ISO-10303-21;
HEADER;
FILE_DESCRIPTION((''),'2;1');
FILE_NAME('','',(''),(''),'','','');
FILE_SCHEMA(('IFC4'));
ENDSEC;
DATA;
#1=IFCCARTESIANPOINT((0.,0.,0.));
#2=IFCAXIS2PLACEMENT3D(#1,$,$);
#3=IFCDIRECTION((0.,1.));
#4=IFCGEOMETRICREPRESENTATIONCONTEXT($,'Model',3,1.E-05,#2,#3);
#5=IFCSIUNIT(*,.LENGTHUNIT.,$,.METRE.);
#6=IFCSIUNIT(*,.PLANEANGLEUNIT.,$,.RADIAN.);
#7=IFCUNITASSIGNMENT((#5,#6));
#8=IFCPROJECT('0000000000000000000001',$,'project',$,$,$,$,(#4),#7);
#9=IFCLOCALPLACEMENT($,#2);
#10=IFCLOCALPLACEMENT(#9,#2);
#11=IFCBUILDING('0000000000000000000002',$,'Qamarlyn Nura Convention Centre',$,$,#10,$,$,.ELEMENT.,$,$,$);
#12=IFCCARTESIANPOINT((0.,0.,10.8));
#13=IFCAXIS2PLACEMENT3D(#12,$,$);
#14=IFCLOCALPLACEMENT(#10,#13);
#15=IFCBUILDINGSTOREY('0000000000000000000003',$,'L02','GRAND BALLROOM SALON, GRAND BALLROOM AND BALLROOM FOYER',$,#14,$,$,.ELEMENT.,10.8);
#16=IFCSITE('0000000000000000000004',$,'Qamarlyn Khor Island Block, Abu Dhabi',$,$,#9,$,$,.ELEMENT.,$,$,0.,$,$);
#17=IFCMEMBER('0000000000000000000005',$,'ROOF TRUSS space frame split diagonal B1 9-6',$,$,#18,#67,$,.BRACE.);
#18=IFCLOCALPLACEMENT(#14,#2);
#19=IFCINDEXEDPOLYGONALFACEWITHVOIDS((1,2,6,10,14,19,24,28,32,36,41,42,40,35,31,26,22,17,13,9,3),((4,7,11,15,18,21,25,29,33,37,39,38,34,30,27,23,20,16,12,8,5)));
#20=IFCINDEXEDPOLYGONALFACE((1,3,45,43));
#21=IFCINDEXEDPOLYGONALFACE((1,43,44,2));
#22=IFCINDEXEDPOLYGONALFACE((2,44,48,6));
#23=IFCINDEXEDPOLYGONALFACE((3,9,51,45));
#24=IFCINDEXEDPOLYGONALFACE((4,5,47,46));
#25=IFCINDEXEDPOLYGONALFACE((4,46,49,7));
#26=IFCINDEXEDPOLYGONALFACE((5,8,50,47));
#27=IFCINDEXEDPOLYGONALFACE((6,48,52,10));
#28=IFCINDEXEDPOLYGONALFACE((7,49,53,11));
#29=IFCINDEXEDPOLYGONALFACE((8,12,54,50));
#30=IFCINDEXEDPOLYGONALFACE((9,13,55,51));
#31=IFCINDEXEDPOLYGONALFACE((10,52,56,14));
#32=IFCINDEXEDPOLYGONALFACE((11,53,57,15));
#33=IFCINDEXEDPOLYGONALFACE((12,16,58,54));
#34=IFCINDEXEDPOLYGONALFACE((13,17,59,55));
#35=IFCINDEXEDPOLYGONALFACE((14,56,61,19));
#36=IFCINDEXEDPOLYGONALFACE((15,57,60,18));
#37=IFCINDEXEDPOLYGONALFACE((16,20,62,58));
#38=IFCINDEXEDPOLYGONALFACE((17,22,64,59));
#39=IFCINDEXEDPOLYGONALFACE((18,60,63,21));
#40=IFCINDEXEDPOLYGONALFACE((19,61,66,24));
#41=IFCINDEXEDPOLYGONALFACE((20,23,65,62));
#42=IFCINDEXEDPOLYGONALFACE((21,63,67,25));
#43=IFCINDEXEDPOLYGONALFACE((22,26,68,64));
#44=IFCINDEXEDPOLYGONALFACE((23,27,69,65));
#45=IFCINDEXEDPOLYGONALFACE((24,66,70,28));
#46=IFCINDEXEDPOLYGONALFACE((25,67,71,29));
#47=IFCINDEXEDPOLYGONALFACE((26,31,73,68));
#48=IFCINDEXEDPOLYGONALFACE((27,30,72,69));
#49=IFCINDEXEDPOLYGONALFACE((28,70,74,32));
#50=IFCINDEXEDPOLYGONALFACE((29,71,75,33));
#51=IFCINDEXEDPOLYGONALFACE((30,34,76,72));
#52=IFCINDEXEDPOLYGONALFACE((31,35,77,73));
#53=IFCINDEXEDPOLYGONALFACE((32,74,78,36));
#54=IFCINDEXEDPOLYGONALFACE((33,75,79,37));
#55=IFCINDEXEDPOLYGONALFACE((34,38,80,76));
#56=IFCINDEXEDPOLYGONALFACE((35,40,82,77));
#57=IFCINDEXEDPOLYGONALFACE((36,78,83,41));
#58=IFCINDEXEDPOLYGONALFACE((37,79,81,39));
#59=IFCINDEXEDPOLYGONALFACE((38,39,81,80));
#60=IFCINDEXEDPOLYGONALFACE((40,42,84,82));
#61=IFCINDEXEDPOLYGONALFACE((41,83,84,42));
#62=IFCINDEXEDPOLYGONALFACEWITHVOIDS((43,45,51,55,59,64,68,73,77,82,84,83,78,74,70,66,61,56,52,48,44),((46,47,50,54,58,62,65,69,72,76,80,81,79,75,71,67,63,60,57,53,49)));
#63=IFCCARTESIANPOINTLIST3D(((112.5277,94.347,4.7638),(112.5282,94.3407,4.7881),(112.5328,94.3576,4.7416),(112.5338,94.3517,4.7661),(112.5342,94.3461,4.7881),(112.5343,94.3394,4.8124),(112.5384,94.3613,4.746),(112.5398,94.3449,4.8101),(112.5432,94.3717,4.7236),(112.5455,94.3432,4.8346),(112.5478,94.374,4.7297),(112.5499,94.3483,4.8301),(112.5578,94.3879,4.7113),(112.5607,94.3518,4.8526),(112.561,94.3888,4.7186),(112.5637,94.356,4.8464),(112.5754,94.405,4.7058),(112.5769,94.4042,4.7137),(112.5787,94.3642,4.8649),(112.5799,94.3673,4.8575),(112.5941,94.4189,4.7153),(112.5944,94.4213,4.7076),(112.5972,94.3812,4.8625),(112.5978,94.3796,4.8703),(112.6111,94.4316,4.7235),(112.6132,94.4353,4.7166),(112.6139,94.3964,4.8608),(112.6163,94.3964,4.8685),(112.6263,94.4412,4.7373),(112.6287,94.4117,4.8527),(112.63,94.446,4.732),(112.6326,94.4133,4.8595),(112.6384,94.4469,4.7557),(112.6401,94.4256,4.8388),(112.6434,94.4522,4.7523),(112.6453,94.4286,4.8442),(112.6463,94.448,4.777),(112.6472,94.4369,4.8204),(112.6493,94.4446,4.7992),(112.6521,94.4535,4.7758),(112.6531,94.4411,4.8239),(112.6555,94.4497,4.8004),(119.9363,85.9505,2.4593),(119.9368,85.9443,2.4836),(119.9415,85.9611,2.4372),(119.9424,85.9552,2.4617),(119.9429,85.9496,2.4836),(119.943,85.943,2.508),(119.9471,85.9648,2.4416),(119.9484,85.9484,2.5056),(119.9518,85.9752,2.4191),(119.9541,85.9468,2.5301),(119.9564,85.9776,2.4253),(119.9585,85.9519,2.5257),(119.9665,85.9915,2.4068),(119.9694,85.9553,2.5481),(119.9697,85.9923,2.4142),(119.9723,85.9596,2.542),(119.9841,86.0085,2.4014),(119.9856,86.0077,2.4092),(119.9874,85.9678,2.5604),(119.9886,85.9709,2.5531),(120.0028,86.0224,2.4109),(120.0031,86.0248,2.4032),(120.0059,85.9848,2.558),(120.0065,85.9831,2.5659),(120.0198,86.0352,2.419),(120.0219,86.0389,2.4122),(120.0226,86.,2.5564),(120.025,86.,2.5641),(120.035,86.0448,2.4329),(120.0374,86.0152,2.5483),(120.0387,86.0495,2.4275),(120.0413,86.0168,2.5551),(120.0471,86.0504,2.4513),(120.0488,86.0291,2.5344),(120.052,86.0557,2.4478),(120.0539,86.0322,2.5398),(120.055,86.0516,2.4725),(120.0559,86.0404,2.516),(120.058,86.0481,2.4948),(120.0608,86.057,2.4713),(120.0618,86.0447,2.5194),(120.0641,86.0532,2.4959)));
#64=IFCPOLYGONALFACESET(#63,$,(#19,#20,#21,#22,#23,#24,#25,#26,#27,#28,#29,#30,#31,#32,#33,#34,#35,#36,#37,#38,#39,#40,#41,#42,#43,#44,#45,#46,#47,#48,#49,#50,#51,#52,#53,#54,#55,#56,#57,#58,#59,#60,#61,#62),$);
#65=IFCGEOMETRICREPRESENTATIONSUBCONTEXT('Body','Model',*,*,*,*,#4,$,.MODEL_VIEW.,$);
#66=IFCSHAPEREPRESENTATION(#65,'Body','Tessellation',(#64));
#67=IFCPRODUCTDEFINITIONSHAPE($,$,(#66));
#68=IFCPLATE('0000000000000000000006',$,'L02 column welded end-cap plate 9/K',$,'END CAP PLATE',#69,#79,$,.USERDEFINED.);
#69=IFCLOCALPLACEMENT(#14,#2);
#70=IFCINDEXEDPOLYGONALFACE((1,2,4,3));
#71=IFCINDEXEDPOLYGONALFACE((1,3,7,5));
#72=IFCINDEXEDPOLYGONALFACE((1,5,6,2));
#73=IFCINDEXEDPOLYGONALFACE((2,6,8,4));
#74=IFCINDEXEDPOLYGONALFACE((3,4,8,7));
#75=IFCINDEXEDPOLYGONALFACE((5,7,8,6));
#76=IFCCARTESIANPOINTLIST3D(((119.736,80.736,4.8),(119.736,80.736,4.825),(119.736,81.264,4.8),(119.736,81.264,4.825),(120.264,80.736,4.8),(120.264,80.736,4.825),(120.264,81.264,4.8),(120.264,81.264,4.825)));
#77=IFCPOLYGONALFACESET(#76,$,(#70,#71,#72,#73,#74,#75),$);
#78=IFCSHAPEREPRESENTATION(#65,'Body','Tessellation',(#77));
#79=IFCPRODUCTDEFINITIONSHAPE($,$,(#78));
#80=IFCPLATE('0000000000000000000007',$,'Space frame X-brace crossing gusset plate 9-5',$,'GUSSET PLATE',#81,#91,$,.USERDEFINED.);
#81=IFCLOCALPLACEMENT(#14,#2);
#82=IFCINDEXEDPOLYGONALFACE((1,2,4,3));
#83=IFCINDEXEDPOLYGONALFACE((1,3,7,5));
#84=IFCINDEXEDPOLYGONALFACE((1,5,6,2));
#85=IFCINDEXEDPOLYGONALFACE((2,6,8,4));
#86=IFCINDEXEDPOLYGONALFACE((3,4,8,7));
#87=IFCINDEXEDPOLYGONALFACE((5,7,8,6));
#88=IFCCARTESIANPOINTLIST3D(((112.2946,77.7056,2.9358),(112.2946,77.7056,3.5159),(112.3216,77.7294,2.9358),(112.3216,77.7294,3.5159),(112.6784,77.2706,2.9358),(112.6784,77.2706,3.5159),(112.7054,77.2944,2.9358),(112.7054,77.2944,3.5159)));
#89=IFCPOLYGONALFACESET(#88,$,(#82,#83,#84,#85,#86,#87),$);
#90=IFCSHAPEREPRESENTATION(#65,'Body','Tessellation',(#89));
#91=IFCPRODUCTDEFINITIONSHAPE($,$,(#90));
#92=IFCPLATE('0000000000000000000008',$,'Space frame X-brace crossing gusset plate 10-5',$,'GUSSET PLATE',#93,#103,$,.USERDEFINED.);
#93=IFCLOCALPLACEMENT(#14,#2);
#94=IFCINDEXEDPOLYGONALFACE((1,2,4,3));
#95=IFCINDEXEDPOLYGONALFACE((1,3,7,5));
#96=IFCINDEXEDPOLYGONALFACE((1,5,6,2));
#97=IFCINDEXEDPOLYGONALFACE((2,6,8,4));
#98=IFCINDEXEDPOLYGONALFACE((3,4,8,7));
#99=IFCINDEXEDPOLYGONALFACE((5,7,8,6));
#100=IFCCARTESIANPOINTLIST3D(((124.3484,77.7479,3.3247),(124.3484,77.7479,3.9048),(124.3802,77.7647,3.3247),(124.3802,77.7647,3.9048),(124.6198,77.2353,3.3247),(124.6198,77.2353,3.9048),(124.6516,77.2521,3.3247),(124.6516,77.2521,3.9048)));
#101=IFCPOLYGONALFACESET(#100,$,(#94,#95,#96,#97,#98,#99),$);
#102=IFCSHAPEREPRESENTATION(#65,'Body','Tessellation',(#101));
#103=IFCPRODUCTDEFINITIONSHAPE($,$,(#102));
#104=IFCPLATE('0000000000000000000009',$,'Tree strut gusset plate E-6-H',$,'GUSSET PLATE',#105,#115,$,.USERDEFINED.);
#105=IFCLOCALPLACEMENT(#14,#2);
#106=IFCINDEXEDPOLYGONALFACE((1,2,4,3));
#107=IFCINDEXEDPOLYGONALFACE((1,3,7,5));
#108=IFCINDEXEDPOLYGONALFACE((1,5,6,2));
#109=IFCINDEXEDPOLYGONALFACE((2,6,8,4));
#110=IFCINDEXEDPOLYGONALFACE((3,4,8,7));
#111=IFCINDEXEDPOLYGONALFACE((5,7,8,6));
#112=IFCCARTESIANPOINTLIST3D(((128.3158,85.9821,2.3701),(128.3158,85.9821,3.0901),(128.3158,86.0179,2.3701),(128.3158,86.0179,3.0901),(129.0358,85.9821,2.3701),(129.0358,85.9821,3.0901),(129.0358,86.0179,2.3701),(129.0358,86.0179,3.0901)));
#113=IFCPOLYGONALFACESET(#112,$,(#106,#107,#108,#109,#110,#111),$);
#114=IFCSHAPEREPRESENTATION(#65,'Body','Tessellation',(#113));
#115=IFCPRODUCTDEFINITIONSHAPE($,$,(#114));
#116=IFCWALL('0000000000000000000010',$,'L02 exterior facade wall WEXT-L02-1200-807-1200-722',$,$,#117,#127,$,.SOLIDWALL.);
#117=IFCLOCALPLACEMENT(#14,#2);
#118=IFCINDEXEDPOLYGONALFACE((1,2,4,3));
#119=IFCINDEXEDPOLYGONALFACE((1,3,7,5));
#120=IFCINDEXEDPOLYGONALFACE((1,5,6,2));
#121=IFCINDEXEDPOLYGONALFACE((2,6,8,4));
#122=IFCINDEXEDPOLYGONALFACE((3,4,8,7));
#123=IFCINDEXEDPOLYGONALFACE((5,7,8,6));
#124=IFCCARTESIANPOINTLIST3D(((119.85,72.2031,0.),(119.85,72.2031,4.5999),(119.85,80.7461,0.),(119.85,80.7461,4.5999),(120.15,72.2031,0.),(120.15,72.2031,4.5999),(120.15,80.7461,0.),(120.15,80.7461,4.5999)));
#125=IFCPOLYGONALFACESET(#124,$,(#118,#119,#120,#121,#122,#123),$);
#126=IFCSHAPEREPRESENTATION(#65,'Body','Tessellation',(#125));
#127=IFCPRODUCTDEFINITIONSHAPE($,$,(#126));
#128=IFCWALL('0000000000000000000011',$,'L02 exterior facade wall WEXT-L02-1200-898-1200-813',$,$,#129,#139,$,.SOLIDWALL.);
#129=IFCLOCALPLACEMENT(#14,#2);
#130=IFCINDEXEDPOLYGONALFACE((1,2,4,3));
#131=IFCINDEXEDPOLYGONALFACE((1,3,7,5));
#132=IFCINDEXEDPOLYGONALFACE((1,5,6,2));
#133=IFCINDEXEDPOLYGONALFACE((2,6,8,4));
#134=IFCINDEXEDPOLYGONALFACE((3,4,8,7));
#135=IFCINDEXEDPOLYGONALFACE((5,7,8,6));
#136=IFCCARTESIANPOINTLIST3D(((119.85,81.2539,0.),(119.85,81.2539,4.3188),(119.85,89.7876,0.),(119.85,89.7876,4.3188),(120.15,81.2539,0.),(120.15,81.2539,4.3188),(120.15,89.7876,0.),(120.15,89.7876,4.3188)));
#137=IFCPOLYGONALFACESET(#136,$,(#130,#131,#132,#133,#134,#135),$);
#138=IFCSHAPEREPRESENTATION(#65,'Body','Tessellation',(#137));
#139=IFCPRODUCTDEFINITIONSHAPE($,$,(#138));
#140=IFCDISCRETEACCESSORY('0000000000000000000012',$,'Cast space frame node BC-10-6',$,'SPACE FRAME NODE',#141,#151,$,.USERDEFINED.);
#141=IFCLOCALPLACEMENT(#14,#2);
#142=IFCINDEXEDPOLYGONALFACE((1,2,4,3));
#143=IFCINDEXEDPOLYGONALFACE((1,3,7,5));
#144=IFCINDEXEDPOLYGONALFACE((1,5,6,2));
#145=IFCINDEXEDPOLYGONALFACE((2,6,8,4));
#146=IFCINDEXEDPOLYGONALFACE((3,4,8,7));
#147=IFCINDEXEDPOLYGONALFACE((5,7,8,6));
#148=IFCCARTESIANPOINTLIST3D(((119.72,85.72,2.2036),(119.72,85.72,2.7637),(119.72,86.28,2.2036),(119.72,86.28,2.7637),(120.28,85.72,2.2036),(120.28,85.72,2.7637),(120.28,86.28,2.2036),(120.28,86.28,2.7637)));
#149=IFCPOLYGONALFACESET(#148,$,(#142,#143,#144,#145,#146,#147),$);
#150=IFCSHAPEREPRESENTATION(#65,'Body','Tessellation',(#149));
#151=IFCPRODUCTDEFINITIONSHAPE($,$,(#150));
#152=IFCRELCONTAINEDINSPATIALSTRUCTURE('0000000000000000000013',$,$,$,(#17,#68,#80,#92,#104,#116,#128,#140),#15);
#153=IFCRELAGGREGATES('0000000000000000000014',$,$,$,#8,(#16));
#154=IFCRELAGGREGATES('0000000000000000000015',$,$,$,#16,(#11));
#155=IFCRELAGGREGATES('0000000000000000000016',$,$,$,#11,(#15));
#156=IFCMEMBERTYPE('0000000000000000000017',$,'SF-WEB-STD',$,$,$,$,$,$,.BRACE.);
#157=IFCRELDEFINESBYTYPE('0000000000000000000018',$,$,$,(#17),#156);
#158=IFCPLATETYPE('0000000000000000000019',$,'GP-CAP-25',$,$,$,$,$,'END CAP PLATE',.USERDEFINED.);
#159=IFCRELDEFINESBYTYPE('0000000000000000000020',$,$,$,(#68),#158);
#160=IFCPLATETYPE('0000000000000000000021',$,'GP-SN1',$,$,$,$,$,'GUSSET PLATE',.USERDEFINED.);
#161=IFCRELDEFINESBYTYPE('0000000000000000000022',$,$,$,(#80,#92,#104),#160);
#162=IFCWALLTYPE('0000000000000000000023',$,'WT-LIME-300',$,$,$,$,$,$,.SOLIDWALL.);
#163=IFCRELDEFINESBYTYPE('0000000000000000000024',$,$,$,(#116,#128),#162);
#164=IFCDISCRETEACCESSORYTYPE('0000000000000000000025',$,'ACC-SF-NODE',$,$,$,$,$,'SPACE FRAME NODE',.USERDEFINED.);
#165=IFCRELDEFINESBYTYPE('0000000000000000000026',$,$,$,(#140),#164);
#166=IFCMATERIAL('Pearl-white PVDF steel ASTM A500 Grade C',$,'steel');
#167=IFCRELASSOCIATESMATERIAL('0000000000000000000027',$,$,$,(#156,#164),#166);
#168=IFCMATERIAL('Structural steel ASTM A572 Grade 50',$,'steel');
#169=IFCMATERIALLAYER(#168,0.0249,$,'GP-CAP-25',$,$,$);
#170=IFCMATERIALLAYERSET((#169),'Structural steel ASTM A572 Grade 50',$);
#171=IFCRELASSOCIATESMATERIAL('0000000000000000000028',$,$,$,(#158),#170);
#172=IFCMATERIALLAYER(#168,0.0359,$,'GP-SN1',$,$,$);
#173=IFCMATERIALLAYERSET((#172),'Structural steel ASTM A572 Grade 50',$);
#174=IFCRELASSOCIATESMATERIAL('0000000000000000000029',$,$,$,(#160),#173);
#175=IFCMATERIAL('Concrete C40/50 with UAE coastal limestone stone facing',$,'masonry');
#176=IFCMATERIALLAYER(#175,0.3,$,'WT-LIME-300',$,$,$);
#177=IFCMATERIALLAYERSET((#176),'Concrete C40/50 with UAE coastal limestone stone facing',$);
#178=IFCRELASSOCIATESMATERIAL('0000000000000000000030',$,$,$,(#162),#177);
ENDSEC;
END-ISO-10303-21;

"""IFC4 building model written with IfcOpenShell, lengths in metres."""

from ifc_helpers import new_model, si_unit, direction, frame, frame_2d, origin, origin_2d, place, context, subcontext, project, spatial, rectangle, hollow_circle, extrude, material, layer, layer_set, material_profile, profile_set, type_object, element, save


model = new_model("IFC4")

# Units and contexts
model_context = context("Model", 3, precision=1e-05, world=origin(), true_north=direction((0.0, 1.0)))
body_context = subcontext(model_context, "Body", "Model", "MODEL_VIEW")
ifc_project = project(units=[si_unit("LENGTHUNIT", "METRE"), si_unit("PLANEANGLEUNIT", "RADIAN")], contexts=[model_context])

# Site, building, storey
site_placement = place(None, origin())
site = spatial("IfcSite", under=ifc_project, at=site_placement, Name="Qamarlyn Khor Island Block, Abu Dhabi", CompositionType="ELEMENT", RefElevation=0.0)
building_placement = place(site_placement, origin())
building = spatial("IfcBuilding", under=site, at=building_placement, Name="Qamarlyn Nura Convention Centre", CompositionType="ELEMENT")
storey_placement = place(building_placement, frame((0.0, 0.0, 10.8)))
storey = spatial("IfcBuildingStorey", under=building, at=storey_placement, Name="L02", Description="GRAND BALLROOM SALON, GRAND BALLROOM AND BALLROOM FOYER", CompositionType="ELEMENT", Elevation=10.8)

# Shared definitions
ifc_material_1 = material(Name="Pearl-white PVDF steel ASTM A500 Grade C", Category="steel")

# Member
ifc_material_profile_1 = material_profile(ifc_material_1, hollow_circle(Radius=0.0842, WallThickness=0.0081, at=origin_2d()), Name="CHS168.3X8")
ifc_profile_set_1 = profile_set([ifc_material_profile_1], Name="Pearl-white PVDF steel ASTM A500 Grade C")
member_type_1 = type_object("IfcMemberType", Name="SF-WEB-STD", PredefinedType="BRACE", material=ifc_profile_set_1)
member_1_placement = place(storey_placement, frame((120.0, 86.0, 2.4836), z_axis=(-0.648043, 0.734445, 0.201571), x_axis=(-0.749837, -0.661623, 0.0)))
element("IfcMember", 1, at=member_1_placement, inside=storey, type_object=member_type_1, Name="ROOF TRUSS space frame split diagonal B1 9-6", PredefinedType="BRACE", context=body_context, shape_type="SweptSolid", body=[
    extrude(hollow_circle(Radius=0.0842, WallThickness=0.0081, at=origin_2d()), origin(), (0.0, 0.0, 1.0), 11.4324),
])

# Plates
ifc_material_2 = material(Name="Structural steel ASTM A572 Grade 50", Category="steel")
ifc_layer_1 = layer(ifc_material_2, 0.0249, Name="GP-CAP-25")
ifc_layer_set_1 = layer_set([ifc_layer_1], Name="Structural steel ASTM A572 Grade 50")
plate_type_1 = type_object("IfcPlateType", Name="GP-CAP-25", ElementType="END CAP PLATE", PredefinedType="USERDEFINED", material=ifc_layer_set_1)
plate_1_placement = place(storey_placement, frame((120.0, 81.0, 4.8), z_axis=(0.0, 0.0, 1.0), x_axis=(1.0, 0.0, 0.0)))
element("IfcPlate", 2, at=plate_1_placement, inside=storey, type_object=plate_type_1, Name="L02 column welded end-cap plate 9/K", ObjectType="END CAP PLATE", PredefinedType="USERDEFINED", context=body_context, shape_type="SweptSolid", body=[
    extrude(rectangle(XDim=0.5281, YDim=0.5281, at=origin_2d()), origin(), (0.0, 0.0, 1.0), 0.0249),
])
ifc_layer_2 = layer(ifc_material_2, 0.0359, Name="GP-SN1")
ifc_layer_set_2 = layer_set([ifc_layer_2], Name="Structural steel ASTM A572 Grade 50")
plate_type_2 = type_object("IfcPlateType", Name="GP-SN1", ElementType="GUSSET PLATE", PredefinedType="USERDEFINED", material=ifc_layer_set_2)
for number, where, z_axis, x_axis, name in (
    (3, (112.5, 77.5, 2.9358), (0.0, 0.0, 1.0), (-0.661622, 0.749837, 0.0), "Space frame X-brace crossing gusset plate 9-5"),
    (4, (124.5, 77.5, 3.3247), (0.0, 0.0, 1.0), (-0.467888, 0.883788, 0.0), "Space frame X-brace crossing gusset plate 10-5"),
):
    element("IfcPlate", number, at=place(storey_placement, frame(where, z_axis=z_axis, x_axis=x_axis)), inside=storey, type_object=plate_type_2, Name=name, ObjectType="GUSSET PLATE", PredefinedType="USERDEFINED", context=body_context, shape_type="SweptSolid", body=[
        extrude(rectangle(XDim=0.5801, YDim=0.0359, at=origin_2d()), origin(), (0.0, 0.0, 1.0), 0.5801),
    ])
plate_2_placement = place(storey_placement, frame((128.6758, 86.0, 2.3701), z_axis=(0.0, 0.0, 1.0), x_axis=(1.0, 0.0, 0.0)))
element("IfcPlate", 5, at=plate_2_placement, inside=storey, type_object=plate_type_2, Name="Tree strut gusset plate E-6-H", ObjectType="GUSSET PLATE", PredefinedType="USERDEFINED", context=body_context, shape_type="SweptSolid", body=[
    extrude(rectangle(XDim=0.72, YDim=0.0359, at=origin_2d()), origin(), (0.0, 0.0, 1.0), 0.72),
])

# Walls
ifc_material_3 = material(Name="Concrete C40/50 with UAE coastal limestone stone facing", Category="masonry")
ifc_layer_3 = layer(ifc_material_3, 0.3, Name="WT-LIME-300")
ifc_layer_set_3 = layer_set([ifc_layer_3], Name="Concrete C40/50 with UAE coastal limestone stone facing")
wall_type = type_object("IfcWallType", Name="WT-LIME-300", PredefinedType="SOLIDWALL", material=ifc_layer_set_3)
wall_1_placement = place(storey_placement, frame((120.0, 80.7461, 0.0), z_axis=(0.0, 0.0, 1.0), x_axis=(0.0, -1.0, 0.0)))
element("IfcWall", 6, at=wall_1_placement, inside=storey, type_object=wall_type, Name="L02 exterior facade wall WEXT-L02-1200-807-1200-722", PredefinedType="SOLIDWALL", context=body_context, shape_type="SweptSolid", body=[
    extrude(rectangle(XDim=8.543, YDim=0.3, at=frame_2d((4.2715, 0.0))), origin(), (0.0, 0.0, 1.0), 4.5999),
])
wall_2_placement = place(storey_placement, frame((120.0, 89.7876, 0.0), z_axis=(0.0, 0.0, 1.0), x_axis=(0.0, -1.0, 0.0)))
element("IfcWall", 7, at=wall_2_placement, inside=storey, type_object=wall_type, Name="L02 exterior facade wall WEXT-L02-1200-898-1200-813", PredefinedType="SOLIDWALL", context=body_context, shape_type="SweptSolid", body=[
    extrude(rectangle(XDim=8.5337, YDim=0.3, at=frame_2d((4.2668, 0.0))), origin(), (0.0, 0.0, 1.0), 4.3188),
])

# Discrete accessory
discrete_accessory_type = type_object("IfcDiscreteAccessoryType", Name="ACC-SF-NODE", ElementType="SPACE FRAME NODE", PredefinedType="USERDEFINED", material=ifc_material_1)
discrete_accessory_placement = place(storey_placement, frame((120.0, 86.0, 2.2036), z_axis=(0.0, 0.0, 1.0), x_axis=(1.0, 0.0, 0.0)))
element("IfcDiscreteAccessory", 8, at=discrete_accessory_placement, inside=storey, type_object=discrete_accessory_type, Name="Cast space frame node BC-10-6", ObjectType="SPACE FRAME NODE", PredefinedType="USERDEFINED", context=body_context, shape_type="SweptSolid", body=[
    extrude(rectangle(XDim=0.5601, YDim=0.5601, at=origin_2d()), origin(), (0.0, 0.0, 1.0), 0.5601),
])

save(model, "model.ifc")
